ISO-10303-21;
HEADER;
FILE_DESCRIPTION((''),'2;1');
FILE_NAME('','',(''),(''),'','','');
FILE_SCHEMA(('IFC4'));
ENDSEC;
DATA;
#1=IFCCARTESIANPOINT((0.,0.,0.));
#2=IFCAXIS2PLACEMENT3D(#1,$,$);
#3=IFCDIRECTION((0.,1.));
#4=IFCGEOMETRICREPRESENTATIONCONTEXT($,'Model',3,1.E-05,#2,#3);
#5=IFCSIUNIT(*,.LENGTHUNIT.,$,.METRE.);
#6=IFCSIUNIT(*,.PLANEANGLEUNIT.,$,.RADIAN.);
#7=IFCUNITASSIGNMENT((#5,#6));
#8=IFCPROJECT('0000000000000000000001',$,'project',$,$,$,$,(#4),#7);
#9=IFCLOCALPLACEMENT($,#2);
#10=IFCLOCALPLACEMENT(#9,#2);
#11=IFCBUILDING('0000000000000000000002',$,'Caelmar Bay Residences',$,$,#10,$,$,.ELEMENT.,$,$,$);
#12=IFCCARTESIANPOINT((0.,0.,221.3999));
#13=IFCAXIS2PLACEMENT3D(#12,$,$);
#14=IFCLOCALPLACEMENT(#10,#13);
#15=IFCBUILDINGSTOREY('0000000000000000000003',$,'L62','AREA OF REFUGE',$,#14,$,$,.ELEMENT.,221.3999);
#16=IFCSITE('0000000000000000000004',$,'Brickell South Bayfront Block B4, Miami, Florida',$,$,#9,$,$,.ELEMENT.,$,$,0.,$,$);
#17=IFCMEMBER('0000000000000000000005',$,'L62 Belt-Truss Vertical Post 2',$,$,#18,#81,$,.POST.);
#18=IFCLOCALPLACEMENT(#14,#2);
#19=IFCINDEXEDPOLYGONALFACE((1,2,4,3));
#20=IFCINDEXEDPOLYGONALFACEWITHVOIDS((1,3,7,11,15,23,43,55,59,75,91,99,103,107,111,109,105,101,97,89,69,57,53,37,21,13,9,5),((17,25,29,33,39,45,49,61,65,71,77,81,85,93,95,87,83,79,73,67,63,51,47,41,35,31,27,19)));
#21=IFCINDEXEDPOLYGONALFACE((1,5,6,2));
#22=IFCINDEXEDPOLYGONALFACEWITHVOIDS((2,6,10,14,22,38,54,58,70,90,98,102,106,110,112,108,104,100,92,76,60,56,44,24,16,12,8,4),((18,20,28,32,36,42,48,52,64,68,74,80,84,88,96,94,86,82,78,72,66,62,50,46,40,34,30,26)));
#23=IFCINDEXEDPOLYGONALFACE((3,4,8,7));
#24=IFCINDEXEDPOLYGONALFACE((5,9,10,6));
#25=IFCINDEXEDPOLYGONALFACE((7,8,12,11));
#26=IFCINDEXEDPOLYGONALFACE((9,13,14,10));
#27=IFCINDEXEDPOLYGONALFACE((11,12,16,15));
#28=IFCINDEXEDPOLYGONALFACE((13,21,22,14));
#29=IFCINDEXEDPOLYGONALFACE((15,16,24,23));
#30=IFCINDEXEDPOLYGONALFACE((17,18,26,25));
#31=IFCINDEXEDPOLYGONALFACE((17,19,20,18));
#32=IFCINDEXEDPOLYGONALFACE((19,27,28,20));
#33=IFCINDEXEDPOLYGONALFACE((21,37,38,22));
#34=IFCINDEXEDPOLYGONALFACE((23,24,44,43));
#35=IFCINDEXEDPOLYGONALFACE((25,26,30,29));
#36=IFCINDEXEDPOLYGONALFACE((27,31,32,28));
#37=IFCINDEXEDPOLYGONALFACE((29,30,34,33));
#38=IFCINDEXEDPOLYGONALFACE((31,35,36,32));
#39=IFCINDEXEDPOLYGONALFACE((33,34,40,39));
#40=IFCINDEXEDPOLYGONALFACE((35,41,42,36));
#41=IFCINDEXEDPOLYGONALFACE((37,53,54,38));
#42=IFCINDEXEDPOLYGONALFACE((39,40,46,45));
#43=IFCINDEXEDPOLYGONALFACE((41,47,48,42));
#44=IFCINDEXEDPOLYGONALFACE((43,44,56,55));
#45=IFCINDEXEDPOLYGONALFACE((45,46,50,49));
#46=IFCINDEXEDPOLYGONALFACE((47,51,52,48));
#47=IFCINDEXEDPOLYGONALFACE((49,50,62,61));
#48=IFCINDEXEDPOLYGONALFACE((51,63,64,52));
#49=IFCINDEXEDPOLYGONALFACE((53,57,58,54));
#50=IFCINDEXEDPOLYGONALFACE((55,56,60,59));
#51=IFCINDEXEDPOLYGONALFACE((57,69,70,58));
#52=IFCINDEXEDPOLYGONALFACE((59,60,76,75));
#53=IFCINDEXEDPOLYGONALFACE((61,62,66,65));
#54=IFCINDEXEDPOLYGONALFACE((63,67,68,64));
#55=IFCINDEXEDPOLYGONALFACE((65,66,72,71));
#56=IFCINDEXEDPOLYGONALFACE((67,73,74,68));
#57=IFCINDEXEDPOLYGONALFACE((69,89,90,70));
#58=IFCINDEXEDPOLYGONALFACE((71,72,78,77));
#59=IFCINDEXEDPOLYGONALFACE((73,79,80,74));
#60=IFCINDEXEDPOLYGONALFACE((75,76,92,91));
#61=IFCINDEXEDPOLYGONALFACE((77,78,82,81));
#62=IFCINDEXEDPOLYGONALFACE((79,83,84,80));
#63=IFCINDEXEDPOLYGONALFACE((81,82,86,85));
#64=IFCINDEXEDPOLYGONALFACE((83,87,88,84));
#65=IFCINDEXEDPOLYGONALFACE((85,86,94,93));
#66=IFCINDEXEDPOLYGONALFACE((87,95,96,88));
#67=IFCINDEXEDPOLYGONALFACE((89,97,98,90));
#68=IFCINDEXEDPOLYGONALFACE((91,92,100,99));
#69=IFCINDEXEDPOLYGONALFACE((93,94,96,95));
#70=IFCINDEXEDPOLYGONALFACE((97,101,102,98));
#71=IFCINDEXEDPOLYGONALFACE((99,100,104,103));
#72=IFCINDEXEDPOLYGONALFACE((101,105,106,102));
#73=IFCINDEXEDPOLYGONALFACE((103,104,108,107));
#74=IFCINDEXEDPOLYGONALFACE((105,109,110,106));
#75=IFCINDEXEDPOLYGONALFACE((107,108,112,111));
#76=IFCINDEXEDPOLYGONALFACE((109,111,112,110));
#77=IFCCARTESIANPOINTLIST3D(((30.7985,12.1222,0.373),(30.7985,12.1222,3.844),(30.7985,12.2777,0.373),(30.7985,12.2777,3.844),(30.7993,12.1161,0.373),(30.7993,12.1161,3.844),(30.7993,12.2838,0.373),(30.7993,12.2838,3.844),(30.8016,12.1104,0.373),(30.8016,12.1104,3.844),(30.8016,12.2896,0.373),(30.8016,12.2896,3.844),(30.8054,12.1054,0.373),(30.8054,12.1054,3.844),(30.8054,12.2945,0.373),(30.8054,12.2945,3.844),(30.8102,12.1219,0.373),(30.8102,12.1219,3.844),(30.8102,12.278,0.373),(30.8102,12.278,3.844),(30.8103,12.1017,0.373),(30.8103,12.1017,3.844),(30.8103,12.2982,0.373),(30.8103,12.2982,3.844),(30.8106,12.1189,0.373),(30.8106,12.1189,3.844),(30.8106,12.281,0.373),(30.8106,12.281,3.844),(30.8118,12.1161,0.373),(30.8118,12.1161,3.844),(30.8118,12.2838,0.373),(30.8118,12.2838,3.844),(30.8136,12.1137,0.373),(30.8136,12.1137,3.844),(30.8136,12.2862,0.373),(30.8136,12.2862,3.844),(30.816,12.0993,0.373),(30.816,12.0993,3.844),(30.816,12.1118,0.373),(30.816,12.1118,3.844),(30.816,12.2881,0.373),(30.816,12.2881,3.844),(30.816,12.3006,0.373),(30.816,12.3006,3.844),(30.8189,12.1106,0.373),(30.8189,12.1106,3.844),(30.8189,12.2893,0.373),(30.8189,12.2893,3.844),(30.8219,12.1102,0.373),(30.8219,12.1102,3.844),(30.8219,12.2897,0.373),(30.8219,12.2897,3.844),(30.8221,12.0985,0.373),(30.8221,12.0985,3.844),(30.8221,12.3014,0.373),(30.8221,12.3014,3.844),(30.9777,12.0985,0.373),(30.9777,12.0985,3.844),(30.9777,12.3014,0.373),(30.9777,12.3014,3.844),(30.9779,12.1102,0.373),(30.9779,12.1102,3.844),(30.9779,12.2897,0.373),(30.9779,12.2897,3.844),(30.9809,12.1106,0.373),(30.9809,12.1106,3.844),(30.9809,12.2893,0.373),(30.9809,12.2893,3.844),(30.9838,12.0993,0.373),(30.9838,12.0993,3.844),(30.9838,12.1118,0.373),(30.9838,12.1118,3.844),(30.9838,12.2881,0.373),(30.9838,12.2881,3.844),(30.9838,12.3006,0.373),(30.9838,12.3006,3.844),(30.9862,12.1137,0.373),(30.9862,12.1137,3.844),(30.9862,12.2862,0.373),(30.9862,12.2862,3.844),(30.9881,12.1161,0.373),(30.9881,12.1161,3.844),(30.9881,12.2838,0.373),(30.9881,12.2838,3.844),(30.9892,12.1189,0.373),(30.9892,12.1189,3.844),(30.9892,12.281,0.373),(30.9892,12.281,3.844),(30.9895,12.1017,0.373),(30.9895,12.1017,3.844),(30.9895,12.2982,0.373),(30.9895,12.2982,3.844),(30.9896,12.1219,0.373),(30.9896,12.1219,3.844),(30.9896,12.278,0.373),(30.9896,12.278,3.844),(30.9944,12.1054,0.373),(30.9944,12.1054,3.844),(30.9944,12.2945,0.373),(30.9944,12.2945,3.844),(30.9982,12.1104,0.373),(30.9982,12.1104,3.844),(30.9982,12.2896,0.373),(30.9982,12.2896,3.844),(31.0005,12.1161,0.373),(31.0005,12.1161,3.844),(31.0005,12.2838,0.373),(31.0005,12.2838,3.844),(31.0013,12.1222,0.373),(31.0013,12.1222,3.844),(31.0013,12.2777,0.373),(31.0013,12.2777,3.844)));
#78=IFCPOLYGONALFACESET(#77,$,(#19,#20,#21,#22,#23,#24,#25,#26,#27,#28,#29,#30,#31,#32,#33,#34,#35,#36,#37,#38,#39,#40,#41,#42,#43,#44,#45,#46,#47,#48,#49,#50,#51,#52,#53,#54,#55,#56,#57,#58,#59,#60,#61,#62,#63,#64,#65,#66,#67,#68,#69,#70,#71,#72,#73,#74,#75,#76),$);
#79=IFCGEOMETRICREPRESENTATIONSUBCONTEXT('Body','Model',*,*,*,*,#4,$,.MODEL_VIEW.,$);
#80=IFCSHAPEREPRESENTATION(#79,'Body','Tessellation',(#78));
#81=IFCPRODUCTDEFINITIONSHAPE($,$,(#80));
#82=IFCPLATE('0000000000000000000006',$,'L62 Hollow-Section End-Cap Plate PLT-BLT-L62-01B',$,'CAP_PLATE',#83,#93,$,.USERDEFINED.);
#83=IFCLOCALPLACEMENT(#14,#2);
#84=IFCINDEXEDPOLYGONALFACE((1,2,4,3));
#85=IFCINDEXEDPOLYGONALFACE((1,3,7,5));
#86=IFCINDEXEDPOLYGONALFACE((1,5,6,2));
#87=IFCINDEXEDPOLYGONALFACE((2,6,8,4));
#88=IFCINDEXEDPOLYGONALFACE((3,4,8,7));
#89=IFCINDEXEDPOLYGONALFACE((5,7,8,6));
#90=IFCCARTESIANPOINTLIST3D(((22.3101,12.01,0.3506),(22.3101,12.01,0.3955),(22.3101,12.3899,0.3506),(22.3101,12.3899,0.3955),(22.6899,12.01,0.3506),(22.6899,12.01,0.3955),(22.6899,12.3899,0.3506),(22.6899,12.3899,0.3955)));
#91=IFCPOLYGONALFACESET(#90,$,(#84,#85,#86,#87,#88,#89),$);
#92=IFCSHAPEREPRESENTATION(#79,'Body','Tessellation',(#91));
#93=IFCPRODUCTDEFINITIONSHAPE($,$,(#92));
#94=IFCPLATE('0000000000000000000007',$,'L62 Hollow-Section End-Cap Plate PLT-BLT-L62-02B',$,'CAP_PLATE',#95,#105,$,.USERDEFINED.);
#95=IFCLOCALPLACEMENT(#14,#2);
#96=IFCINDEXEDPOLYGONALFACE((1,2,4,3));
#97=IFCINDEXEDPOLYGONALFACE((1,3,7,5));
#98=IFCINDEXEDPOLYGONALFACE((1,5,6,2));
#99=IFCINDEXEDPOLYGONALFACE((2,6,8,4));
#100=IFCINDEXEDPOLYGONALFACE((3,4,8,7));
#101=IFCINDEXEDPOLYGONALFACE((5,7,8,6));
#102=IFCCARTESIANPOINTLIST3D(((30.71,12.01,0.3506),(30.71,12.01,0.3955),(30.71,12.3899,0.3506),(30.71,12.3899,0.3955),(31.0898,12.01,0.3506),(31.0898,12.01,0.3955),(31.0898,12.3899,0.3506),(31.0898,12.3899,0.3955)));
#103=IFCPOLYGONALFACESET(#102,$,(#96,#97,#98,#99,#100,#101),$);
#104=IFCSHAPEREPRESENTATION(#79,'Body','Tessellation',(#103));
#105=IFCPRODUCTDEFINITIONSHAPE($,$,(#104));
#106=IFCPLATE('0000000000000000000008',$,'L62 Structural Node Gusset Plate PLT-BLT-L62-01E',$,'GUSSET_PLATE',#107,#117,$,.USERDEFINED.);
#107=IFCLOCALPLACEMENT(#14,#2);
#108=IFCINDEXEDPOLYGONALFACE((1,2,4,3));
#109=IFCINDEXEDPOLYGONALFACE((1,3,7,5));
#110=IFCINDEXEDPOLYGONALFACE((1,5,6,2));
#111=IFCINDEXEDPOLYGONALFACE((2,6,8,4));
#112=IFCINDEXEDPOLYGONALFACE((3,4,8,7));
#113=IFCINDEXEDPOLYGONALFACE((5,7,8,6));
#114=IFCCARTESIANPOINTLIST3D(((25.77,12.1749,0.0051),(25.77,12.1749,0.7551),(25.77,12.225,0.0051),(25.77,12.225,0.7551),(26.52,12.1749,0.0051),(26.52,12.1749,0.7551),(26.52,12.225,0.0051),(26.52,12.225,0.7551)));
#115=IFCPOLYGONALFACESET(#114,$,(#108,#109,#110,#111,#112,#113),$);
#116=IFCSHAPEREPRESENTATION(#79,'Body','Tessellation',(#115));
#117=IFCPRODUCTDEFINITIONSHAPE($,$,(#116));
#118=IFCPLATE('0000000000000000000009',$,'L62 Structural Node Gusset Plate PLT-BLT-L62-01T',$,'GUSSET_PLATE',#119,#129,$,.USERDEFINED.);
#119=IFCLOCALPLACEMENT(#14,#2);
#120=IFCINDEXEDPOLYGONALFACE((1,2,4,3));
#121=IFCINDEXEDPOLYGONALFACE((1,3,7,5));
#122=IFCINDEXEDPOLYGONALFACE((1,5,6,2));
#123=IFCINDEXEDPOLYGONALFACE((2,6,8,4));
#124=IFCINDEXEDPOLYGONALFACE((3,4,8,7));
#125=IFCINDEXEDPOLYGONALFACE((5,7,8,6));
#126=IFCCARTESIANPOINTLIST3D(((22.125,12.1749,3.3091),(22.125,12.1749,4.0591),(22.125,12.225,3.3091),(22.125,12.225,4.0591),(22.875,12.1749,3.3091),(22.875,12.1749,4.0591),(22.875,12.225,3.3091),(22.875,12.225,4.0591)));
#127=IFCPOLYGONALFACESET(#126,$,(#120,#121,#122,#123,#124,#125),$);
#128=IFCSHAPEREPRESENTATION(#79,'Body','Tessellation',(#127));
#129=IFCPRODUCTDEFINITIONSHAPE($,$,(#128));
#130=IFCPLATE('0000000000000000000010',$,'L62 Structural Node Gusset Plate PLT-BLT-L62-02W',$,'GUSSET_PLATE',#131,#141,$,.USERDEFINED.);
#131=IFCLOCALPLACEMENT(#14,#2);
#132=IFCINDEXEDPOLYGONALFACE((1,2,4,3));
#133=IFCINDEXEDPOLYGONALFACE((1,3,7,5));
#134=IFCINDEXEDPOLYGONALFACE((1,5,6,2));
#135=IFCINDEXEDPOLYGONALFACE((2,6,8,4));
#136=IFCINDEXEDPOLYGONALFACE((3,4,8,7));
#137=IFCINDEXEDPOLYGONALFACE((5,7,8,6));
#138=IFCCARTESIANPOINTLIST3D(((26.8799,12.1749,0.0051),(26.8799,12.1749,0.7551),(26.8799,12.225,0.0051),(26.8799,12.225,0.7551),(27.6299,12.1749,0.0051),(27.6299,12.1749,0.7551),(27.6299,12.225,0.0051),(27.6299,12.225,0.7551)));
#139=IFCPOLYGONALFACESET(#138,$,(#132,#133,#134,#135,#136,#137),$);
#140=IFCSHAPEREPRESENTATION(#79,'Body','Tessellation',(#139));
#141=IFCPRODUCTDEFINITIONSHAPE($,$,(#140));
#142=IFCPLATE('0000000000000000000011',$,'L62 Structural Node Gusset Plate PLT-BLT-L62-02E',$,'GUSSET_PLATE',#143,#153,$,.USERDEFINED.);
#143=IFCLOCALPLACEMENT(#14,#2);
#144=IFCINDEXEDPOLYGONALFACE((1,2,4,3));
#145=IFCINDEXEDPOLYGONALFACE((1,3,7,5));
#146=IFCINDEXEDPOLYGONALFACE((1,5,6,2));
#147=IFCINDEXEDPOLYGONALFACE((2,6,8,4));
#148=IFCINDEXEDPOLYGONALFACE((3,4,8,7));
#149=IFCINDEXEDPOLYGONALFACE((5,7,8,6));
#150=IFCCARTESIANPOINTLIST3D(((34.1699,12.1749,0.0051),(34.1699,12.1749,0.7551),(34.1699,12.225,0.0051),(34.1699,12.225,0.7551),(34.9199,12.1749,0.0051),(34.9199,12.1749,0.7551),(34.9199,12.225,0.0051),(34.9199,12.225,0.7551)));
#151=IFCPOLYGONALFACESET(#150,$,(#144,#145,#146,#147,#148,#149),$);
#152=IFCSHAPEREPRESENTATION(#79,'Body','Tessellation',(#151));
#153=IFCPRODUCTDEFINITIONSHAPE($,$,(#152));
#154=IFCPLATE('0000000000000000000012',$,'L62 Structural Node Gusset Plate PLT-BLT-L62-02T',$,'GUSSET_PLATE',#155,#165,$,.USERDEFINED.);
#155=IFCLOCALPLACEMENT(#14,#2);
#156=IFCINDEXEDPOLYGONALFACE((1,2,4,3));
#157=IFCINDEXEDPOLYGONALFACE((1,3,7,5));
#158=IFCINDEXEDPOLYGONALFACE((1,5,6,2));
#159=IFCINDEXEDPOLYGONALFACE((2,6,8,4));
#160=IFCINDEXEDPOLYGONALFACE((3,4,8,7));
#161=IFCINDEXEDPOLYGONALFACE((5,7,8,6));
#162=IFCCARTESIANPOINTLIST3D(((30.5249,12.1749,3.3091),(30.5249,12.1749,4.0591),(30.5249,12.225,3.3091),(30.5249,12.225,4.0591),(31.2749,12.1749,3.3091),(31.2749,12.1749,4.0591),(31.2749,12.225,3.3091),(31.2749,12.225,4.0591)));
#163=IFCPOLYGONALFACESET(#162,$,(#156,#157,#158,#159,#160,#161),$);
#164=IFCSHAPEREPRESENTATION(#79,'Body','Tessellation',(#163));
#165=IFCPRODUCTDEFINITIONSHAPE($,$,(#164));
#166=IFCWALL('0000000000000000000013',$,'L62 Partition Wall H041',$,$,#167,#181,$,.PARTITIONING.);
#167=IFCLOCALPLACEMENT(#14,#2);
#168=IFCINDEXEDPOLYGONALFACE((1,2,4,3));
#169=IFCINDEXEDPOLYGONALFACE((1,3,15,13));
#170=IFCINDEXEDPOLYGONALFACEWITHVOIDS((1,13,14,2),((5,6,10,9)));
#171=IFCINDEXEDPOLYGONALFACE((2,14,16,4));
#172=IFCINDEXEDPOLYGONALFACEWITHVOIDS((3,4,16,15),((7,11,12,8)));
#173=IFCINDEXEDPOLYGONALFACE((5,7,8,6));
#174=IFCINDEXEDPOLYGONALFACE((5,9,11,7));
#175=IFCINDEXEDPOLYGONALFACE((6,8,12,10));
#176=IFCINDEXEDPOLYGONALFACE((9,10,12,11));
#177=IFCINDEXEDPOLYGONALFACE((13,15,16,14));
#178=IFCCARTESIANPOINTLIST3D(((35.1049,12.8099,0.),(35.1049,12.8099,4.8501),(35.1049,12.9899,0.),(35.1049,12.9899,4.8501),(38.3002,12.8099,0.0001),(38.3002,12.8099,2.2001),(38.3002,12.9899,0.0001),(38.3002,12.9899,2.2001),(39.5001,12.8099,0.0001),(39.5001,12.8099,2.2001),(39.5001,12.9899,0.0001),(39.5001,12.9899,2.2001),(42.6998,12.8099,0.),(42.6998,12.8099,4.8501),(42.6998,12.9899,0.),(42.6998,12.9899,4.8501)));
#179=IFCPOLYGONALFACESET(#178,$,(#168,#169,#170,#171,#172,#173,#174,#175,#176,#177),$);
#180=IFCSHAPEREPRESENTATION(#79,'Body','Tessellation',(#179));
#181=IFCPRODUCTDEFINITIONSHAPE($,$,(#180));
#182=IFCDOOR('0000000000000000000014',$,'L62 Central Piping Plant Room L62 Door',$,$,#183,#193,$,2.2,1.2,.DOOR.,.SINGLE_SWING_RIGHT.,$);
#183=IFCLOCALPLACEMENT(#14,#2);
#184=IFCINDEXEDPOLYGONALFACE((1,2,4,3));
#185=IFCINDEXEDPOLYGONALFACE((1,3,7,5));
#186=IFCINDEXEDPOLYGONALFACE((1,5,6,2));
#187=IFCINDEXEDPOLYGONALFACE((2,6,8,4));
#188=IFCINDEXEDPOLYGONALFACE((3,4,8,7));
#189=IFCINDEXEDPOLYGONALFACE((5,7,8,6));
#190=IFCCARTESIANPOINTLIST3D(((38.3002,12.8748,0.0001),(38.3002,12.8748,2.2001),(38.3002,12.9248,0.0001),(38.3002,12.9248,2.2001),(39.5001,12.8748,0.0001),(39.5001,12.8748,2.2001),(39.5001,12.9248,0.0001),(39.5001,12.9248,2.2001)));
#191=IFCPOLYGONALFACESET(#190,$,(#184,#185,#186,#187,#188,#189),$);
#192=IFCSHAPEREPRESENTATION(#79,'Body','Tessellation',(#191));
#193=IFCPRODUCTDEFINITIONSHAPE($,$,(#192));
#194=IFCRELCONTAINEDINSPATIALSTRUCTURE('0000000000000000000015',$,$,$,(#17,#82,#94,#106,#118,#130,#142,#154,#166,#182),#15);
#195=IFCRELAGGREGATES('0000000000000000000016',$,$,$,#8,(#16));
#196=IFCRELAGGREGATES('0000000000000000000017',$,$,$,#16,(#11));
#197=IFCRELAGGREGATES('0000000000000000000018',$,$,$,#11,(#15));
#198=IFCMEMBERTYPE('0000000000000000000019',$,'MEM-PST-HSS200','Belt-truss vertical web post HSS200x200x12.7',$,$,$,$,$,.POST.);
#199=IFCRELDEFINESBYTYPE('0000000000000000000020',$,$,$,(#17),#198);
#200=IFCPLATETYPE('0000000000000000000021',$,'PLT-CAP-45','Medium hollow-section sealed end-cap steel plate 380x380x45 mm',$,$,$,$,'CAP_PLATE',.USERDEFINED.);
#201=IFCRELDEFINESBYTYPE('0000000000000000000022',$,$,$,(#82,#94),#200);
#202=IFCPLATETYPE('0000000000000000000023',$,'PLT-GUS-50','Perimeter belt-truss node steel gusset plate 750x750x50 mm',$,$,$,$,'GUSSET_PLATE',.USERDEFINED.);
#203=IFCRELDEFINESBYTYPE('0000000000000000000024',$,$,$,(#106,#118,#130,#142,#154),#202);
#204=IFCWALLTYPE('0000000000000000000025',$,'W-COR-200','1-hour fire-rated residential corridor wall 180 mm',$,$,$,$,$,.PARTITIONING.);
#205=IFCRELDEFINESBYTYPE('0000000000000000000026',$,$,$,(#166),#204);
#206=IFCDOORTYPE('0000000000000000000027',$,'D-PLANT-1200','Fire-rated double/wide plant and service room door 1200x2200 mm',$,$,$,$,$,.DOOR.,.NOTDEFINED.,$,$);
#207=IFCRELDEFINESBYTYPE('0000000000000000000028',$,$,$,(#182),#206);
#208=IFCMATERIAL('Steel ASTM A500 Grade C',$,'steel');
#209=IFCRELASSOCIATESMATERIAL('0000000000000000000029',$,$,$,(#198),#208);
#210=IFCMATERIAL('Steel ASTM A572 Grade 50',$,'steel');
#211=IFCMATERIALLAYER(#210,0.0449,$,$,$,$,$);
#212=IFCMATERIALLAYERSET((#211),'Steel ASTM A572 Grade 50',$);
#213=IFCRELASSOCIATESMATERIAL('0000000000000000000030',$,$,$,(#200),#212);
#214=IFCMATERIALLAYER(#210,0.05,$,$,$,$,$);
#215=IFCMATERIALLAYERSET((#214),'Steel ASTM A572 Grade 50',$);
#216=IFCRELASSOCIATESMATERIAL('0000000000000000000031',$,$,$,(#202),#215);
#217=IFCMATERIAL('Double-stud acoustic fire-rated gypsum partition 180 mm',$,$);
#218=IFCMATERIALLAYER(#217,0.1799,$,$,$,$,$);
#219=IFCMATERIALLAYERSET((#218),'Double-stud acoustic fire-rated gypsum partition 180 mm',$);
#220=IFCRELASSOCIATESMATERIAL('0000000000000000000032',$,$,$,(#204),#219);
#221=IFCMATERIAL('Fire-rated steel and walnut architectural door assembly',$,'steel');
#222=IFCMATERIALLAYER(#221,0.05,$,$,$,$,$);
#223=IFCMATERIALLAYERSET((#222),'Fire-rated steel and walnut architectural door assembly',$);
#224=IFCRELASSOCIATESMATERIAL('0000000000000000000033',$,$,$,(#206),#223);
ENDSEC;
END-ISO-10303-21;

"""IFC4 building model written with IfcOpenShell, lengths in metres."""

from ifc_helpers import new_model, si_unit, direction, frame, frame_2d, origin, origin_2d, place, context, subcontext, project, spatial, rectangle, hollow_rectangle, extrude, material, layer, layer_set, material_profile, profile_set, type_object, element, fill, save


model = new_model("IFC4")

# Units and contexts
model_context = context("Model", 3, precision=1e-05, world=origin(), true_north=direction((0.0, 1.0)))
body_context = subcontext(model_context, "Body", "Model", "MODEL_VIEW")
ifc_project = project(units=[si_unit("LENGTHUNIT", "METRE"), si_unit("PLANEANGLEUNIT", "RADIAN")], contexts=[model_context])

# Site, building, storey
site_placement = place(None, origin())
site = spatial("IfcSite", under=ifc_project, at=site_placement, Name="Brickell South Bayfront Block B4, Miami, Florida", CompositionType="ELEMENT", RefElevation=0.0)
building_placement = place(site_placement, origin())
building = spatial("IfcBuilding", under=site, at=building_placement, Name="Caelmar Bay Residences", CompositionType="ELEMENT")
storey_placement = place(building_placement, frame((0.0, 0.0, 221.3999)))
storey = spatial("IfcBuildingStorey", under=building, at=storey_placement, Name="L62", Description="AREA OF REFUGE", CompositionType="ELEMENT", Elevation=221.3999)

# Member
ifc_material_1 = material(Name="Steel ASTM A500 Grade C", Category="steel")
ifc_material_profile_1 = material_profile(ifc_material_1, hollow_rectangle(XDim=0.2029, YDim=0.2029, WallThickness=0.0117, InnerFilletRadius=0.0117, OuterFilletRadius=0.0237, at=origin_2d()), Name="HSS200X200X12.7")
ifc_profile_set_1 = profile_set([ifc_material_profile_1], Name="Steel ASTM A500 Grade C")
member_type_1 = type_object("IfcMemberType", Name="MEM-PST-HSS200", Description="Belt-truss vertical web post HSS200x200x12.7", PredefinedType="POST", material=ifc_profile_set_1)
for number, where, z_axis, x_axis, name in (
    (1, (30.8999, 12.2, 0.373), (0.0, 0.0, 1.0), (1.0, 0.0, 0.0), "L62 Belt-Truss Vertical Post 2"),
):
    element("IfcMember", number, at=place(storey_placement, frame(where, z_axis=z_axis, x_axis=x_axis)), inside=storey, type_object=member_type_1, Name=name, PredefinedType="POST", context=body_context, shape_type="SweptSolid", body=[
        extrude(hollow_rectangle(XDim=0.2029, YDim=0.2029, WallThickness=0.0117, InnerFilletRadius=0.0117, OuterFilletRadius=0.0237, at=origin_2d()), origin(), (0.0, 0.0, 1.0), 3.4709),
    ])

# Plates
ifc_material_2 = material(Name="Steel ASTM A572 Grade 50", Category="steel")
ifc_layer_1 = layer(ifc_material_2, 0.0449)
ifc_layer_set_1 = layer_set([ifc_layer_1], Name="Steel ASTM A572 Grade 50")
plate_type_1 = type_object("IfcPlateType", Name="PLT-CAP-45", Description="Medium hollow-section sealed end-cap steel plate 380x380x45 mm", ElementType="CAP_PLATE", PredefinedType="USERDEFINED", material=ifc_layer_set_1)
for number, where, z_axis, x_axis, name in (
    (2, (22.5, 12.2, 0.3506), (0.0, 0.0, 1.0), (1.0, 0.0, 0.0), "L62 Hollow-Section End-Cap Plate PLT-BLT-L62-01B"),
    (3, (30.8999, 12.2, 0.3506), (0.0, 0.0, 1.0), (1.0, 0.0, 0.0), "L62 Hollow-Section End-Cap Plate PLT-BLT-L62-02B"),
):
    element("IfcPlate", number, at=place(storey_placement, frame(where, z_axis=z_axis, x_axis=x_axis)), inside=storey, type_object=plate_type_1, Name=name, ObjectType="CAP_PLATE", PredefinedType="USERDEFINED", context=body_context, shape_type="SweptSolid", body=[
        extrude(rectangle(XDim=0.3799, YDim=0.3799, at=origin_2d()), origin(), (0.0, 0.0, 1.0), 0.0449),
    ])
ifc_layer_2 = layer(ifc_material_2, 0.05)
ifc_layer_set_2 = layer_set([ifc_layer_2], Name="Steel ASTM A572 Grade 50")
plate_type_2 = type_object("IfcPlateType", Name="PLT-GUS-50", Description="Perimeter belt-truss node steel gusset plate 750x750x50 mm", ElementType="GUSSET_PLATE", PredefinedType="USERDEFINED", material=ifc_layer_set_2)
for number, where, z_axis, x_axis, name in (
    (4, (26.145, 12.2, 0.0051), (0.0, 0.0, 1.0), (1.0, 0.0, 0.0), "L62 Structural Node Gusset Plate PLT-BLT-L62-01E"),
    (5, (22.5, 12.2, 3.3091), (0.0, 0.0, 1.0), (1.0, 0.0, 0.0), "L62 Structural Node Gusset Plate PLT-BLT-L62-01T"),
    (6, (27.2549, 12.2, 0.0051), (0.0, 0.0, 1.0), (1.0, 0.0, 0.0), "L62 Structural Node Gusset Plate PLT-BLT-L62-02W"),
    (7, (34.5449, 12.2, 0.0051), (0.0, 0.0, 1.0), (1.0, 0.0, 0.0), "L62 Structural Node Gusset Plate PLT-BLT-L62-02E"),
    (8, (30.8999, 12.2, 3.3091), (0.0, 0.0, 1.0), (1.0, 0.0, 0.0), "L62 Structural Node Gusset Plate PLT-BLT-L62-02T"),
):
    element("IfcPlate", number, at=place(storey_placement, frame(where, z_axis=z_axis, x_axis=x_axis)), inside=storey, type_object=plate_type_2, Name=name, ObjectType="GUSSET_PLATE", PredefinedType="USERDEFINED", context=body_context, shape_type="SweptSolid", body=[
        extrude(rectangle(XDim=0.75, YDim=0.05, at=origin_2d()), origin(), (0.0, 0.0, 1.0), 0.75),
    ])

# Wall, opening, door
ifc_material_3 = material(Name="Double-stud acoustic fire-rated gypsum partition 180 mm")
ifc_layer_3 = layer(ifc_material_3, 0.1799)
ifc_layer_set_3 = layer_set([ifc_layer_3], Name="Double-stud acoustic fire-rated gypsum partition 180 mm")
wall_type_1 = type_object("IfcWallType", Name="W-COR-200", Description="1-hour fire-rated residential corridor wall 180 mm", PredefinedType="PARTITIONING", material=ifc_layer_set_3)
wall_1_placement = place(storey_placement, frame((35.105, 12.8999, 0.0), z_axis=(0.0, 0.0, 1.0), x_axis=(1.0, 0.0, 0.0)))
wall_1 = element("IfcWall", 9, at=wall_1_placement, inside=storey, type_object=wall_type_1, Name="L62 Partition Wall H041", PredefinedType="PARTITIONING", context=body_context, shape_type="SweptSolid", body=[
    extrude(rectangle(XDim=7.595, YDim=0.1799, at=frame_2d((3.7974, 0.0))), origin(), (0.0, 0.0, 1.0), 4.8501),
])
opening_placement = place(wall_1_placement, frame((3.1951, 0.0, 0.0)))
opening = element("IfcOpeningElement", 10, at=opening_placement, cuts=wall_1, PredefinedType="OPENING", context=body_context, shape_type="SweptSolid", body=[
    extrude(rectangle(XDim=1.2, YDim=2.2, at=frame_2d((0.6001, 1.1001))), frame((0.0, 0.0999, 0.0), z_axis=(0.0, -1.0, 0.0), x_axis=(1.0, 0.0, 0.0)), (0.0, 0.0, 1.0), 0.2),
])
ifc_material_4 = material(Name="Fire-rated steel and walnut architectural door assembly", Category="steel")
ifc_layer_4 = layer(ifc_material_4, 0.05)
ifc_layer_set_4 = layer_set([ifc_layer_4], Name="Fire-rated steel and walnut architectural door assembly")
door_type = type_object("IfcDoorType", Name="D-PLANT-1200", Description="Fire-rated double/wide plant and service room door 1200x2200 mm", OperationType="NOTDEFINED", PredefinedType="DOOR", material=ifc_layer_set_4)
door_placement = place(opening_placement, origin())
door = element("IfcDoor", 11, at=door_placement, inside=storey, type_object=door_type, Name="L62 Central Piping Plant Room L62 Door", OperationType="SINGLE_SWING_RIGHT", OverallHeight=2.2, OverallWidth=1.2, PredefinedType="DOOR", context=body_context, shape_type="SweptSolid", body=[
    extrude(rectangle(XDim=1.2, YDim=2.2, at=frame_2d((0.6001, 1.1001))), frame((0.0, 0.0249, 0.0), z_axis=(0.0, -1.0, 0.0), x_axis=(1.0, 0.0, 0.0)), (0.0, 0.0, 1.0), 0.05),
])
fill(opening, door)

save(model, "model.ifc")
